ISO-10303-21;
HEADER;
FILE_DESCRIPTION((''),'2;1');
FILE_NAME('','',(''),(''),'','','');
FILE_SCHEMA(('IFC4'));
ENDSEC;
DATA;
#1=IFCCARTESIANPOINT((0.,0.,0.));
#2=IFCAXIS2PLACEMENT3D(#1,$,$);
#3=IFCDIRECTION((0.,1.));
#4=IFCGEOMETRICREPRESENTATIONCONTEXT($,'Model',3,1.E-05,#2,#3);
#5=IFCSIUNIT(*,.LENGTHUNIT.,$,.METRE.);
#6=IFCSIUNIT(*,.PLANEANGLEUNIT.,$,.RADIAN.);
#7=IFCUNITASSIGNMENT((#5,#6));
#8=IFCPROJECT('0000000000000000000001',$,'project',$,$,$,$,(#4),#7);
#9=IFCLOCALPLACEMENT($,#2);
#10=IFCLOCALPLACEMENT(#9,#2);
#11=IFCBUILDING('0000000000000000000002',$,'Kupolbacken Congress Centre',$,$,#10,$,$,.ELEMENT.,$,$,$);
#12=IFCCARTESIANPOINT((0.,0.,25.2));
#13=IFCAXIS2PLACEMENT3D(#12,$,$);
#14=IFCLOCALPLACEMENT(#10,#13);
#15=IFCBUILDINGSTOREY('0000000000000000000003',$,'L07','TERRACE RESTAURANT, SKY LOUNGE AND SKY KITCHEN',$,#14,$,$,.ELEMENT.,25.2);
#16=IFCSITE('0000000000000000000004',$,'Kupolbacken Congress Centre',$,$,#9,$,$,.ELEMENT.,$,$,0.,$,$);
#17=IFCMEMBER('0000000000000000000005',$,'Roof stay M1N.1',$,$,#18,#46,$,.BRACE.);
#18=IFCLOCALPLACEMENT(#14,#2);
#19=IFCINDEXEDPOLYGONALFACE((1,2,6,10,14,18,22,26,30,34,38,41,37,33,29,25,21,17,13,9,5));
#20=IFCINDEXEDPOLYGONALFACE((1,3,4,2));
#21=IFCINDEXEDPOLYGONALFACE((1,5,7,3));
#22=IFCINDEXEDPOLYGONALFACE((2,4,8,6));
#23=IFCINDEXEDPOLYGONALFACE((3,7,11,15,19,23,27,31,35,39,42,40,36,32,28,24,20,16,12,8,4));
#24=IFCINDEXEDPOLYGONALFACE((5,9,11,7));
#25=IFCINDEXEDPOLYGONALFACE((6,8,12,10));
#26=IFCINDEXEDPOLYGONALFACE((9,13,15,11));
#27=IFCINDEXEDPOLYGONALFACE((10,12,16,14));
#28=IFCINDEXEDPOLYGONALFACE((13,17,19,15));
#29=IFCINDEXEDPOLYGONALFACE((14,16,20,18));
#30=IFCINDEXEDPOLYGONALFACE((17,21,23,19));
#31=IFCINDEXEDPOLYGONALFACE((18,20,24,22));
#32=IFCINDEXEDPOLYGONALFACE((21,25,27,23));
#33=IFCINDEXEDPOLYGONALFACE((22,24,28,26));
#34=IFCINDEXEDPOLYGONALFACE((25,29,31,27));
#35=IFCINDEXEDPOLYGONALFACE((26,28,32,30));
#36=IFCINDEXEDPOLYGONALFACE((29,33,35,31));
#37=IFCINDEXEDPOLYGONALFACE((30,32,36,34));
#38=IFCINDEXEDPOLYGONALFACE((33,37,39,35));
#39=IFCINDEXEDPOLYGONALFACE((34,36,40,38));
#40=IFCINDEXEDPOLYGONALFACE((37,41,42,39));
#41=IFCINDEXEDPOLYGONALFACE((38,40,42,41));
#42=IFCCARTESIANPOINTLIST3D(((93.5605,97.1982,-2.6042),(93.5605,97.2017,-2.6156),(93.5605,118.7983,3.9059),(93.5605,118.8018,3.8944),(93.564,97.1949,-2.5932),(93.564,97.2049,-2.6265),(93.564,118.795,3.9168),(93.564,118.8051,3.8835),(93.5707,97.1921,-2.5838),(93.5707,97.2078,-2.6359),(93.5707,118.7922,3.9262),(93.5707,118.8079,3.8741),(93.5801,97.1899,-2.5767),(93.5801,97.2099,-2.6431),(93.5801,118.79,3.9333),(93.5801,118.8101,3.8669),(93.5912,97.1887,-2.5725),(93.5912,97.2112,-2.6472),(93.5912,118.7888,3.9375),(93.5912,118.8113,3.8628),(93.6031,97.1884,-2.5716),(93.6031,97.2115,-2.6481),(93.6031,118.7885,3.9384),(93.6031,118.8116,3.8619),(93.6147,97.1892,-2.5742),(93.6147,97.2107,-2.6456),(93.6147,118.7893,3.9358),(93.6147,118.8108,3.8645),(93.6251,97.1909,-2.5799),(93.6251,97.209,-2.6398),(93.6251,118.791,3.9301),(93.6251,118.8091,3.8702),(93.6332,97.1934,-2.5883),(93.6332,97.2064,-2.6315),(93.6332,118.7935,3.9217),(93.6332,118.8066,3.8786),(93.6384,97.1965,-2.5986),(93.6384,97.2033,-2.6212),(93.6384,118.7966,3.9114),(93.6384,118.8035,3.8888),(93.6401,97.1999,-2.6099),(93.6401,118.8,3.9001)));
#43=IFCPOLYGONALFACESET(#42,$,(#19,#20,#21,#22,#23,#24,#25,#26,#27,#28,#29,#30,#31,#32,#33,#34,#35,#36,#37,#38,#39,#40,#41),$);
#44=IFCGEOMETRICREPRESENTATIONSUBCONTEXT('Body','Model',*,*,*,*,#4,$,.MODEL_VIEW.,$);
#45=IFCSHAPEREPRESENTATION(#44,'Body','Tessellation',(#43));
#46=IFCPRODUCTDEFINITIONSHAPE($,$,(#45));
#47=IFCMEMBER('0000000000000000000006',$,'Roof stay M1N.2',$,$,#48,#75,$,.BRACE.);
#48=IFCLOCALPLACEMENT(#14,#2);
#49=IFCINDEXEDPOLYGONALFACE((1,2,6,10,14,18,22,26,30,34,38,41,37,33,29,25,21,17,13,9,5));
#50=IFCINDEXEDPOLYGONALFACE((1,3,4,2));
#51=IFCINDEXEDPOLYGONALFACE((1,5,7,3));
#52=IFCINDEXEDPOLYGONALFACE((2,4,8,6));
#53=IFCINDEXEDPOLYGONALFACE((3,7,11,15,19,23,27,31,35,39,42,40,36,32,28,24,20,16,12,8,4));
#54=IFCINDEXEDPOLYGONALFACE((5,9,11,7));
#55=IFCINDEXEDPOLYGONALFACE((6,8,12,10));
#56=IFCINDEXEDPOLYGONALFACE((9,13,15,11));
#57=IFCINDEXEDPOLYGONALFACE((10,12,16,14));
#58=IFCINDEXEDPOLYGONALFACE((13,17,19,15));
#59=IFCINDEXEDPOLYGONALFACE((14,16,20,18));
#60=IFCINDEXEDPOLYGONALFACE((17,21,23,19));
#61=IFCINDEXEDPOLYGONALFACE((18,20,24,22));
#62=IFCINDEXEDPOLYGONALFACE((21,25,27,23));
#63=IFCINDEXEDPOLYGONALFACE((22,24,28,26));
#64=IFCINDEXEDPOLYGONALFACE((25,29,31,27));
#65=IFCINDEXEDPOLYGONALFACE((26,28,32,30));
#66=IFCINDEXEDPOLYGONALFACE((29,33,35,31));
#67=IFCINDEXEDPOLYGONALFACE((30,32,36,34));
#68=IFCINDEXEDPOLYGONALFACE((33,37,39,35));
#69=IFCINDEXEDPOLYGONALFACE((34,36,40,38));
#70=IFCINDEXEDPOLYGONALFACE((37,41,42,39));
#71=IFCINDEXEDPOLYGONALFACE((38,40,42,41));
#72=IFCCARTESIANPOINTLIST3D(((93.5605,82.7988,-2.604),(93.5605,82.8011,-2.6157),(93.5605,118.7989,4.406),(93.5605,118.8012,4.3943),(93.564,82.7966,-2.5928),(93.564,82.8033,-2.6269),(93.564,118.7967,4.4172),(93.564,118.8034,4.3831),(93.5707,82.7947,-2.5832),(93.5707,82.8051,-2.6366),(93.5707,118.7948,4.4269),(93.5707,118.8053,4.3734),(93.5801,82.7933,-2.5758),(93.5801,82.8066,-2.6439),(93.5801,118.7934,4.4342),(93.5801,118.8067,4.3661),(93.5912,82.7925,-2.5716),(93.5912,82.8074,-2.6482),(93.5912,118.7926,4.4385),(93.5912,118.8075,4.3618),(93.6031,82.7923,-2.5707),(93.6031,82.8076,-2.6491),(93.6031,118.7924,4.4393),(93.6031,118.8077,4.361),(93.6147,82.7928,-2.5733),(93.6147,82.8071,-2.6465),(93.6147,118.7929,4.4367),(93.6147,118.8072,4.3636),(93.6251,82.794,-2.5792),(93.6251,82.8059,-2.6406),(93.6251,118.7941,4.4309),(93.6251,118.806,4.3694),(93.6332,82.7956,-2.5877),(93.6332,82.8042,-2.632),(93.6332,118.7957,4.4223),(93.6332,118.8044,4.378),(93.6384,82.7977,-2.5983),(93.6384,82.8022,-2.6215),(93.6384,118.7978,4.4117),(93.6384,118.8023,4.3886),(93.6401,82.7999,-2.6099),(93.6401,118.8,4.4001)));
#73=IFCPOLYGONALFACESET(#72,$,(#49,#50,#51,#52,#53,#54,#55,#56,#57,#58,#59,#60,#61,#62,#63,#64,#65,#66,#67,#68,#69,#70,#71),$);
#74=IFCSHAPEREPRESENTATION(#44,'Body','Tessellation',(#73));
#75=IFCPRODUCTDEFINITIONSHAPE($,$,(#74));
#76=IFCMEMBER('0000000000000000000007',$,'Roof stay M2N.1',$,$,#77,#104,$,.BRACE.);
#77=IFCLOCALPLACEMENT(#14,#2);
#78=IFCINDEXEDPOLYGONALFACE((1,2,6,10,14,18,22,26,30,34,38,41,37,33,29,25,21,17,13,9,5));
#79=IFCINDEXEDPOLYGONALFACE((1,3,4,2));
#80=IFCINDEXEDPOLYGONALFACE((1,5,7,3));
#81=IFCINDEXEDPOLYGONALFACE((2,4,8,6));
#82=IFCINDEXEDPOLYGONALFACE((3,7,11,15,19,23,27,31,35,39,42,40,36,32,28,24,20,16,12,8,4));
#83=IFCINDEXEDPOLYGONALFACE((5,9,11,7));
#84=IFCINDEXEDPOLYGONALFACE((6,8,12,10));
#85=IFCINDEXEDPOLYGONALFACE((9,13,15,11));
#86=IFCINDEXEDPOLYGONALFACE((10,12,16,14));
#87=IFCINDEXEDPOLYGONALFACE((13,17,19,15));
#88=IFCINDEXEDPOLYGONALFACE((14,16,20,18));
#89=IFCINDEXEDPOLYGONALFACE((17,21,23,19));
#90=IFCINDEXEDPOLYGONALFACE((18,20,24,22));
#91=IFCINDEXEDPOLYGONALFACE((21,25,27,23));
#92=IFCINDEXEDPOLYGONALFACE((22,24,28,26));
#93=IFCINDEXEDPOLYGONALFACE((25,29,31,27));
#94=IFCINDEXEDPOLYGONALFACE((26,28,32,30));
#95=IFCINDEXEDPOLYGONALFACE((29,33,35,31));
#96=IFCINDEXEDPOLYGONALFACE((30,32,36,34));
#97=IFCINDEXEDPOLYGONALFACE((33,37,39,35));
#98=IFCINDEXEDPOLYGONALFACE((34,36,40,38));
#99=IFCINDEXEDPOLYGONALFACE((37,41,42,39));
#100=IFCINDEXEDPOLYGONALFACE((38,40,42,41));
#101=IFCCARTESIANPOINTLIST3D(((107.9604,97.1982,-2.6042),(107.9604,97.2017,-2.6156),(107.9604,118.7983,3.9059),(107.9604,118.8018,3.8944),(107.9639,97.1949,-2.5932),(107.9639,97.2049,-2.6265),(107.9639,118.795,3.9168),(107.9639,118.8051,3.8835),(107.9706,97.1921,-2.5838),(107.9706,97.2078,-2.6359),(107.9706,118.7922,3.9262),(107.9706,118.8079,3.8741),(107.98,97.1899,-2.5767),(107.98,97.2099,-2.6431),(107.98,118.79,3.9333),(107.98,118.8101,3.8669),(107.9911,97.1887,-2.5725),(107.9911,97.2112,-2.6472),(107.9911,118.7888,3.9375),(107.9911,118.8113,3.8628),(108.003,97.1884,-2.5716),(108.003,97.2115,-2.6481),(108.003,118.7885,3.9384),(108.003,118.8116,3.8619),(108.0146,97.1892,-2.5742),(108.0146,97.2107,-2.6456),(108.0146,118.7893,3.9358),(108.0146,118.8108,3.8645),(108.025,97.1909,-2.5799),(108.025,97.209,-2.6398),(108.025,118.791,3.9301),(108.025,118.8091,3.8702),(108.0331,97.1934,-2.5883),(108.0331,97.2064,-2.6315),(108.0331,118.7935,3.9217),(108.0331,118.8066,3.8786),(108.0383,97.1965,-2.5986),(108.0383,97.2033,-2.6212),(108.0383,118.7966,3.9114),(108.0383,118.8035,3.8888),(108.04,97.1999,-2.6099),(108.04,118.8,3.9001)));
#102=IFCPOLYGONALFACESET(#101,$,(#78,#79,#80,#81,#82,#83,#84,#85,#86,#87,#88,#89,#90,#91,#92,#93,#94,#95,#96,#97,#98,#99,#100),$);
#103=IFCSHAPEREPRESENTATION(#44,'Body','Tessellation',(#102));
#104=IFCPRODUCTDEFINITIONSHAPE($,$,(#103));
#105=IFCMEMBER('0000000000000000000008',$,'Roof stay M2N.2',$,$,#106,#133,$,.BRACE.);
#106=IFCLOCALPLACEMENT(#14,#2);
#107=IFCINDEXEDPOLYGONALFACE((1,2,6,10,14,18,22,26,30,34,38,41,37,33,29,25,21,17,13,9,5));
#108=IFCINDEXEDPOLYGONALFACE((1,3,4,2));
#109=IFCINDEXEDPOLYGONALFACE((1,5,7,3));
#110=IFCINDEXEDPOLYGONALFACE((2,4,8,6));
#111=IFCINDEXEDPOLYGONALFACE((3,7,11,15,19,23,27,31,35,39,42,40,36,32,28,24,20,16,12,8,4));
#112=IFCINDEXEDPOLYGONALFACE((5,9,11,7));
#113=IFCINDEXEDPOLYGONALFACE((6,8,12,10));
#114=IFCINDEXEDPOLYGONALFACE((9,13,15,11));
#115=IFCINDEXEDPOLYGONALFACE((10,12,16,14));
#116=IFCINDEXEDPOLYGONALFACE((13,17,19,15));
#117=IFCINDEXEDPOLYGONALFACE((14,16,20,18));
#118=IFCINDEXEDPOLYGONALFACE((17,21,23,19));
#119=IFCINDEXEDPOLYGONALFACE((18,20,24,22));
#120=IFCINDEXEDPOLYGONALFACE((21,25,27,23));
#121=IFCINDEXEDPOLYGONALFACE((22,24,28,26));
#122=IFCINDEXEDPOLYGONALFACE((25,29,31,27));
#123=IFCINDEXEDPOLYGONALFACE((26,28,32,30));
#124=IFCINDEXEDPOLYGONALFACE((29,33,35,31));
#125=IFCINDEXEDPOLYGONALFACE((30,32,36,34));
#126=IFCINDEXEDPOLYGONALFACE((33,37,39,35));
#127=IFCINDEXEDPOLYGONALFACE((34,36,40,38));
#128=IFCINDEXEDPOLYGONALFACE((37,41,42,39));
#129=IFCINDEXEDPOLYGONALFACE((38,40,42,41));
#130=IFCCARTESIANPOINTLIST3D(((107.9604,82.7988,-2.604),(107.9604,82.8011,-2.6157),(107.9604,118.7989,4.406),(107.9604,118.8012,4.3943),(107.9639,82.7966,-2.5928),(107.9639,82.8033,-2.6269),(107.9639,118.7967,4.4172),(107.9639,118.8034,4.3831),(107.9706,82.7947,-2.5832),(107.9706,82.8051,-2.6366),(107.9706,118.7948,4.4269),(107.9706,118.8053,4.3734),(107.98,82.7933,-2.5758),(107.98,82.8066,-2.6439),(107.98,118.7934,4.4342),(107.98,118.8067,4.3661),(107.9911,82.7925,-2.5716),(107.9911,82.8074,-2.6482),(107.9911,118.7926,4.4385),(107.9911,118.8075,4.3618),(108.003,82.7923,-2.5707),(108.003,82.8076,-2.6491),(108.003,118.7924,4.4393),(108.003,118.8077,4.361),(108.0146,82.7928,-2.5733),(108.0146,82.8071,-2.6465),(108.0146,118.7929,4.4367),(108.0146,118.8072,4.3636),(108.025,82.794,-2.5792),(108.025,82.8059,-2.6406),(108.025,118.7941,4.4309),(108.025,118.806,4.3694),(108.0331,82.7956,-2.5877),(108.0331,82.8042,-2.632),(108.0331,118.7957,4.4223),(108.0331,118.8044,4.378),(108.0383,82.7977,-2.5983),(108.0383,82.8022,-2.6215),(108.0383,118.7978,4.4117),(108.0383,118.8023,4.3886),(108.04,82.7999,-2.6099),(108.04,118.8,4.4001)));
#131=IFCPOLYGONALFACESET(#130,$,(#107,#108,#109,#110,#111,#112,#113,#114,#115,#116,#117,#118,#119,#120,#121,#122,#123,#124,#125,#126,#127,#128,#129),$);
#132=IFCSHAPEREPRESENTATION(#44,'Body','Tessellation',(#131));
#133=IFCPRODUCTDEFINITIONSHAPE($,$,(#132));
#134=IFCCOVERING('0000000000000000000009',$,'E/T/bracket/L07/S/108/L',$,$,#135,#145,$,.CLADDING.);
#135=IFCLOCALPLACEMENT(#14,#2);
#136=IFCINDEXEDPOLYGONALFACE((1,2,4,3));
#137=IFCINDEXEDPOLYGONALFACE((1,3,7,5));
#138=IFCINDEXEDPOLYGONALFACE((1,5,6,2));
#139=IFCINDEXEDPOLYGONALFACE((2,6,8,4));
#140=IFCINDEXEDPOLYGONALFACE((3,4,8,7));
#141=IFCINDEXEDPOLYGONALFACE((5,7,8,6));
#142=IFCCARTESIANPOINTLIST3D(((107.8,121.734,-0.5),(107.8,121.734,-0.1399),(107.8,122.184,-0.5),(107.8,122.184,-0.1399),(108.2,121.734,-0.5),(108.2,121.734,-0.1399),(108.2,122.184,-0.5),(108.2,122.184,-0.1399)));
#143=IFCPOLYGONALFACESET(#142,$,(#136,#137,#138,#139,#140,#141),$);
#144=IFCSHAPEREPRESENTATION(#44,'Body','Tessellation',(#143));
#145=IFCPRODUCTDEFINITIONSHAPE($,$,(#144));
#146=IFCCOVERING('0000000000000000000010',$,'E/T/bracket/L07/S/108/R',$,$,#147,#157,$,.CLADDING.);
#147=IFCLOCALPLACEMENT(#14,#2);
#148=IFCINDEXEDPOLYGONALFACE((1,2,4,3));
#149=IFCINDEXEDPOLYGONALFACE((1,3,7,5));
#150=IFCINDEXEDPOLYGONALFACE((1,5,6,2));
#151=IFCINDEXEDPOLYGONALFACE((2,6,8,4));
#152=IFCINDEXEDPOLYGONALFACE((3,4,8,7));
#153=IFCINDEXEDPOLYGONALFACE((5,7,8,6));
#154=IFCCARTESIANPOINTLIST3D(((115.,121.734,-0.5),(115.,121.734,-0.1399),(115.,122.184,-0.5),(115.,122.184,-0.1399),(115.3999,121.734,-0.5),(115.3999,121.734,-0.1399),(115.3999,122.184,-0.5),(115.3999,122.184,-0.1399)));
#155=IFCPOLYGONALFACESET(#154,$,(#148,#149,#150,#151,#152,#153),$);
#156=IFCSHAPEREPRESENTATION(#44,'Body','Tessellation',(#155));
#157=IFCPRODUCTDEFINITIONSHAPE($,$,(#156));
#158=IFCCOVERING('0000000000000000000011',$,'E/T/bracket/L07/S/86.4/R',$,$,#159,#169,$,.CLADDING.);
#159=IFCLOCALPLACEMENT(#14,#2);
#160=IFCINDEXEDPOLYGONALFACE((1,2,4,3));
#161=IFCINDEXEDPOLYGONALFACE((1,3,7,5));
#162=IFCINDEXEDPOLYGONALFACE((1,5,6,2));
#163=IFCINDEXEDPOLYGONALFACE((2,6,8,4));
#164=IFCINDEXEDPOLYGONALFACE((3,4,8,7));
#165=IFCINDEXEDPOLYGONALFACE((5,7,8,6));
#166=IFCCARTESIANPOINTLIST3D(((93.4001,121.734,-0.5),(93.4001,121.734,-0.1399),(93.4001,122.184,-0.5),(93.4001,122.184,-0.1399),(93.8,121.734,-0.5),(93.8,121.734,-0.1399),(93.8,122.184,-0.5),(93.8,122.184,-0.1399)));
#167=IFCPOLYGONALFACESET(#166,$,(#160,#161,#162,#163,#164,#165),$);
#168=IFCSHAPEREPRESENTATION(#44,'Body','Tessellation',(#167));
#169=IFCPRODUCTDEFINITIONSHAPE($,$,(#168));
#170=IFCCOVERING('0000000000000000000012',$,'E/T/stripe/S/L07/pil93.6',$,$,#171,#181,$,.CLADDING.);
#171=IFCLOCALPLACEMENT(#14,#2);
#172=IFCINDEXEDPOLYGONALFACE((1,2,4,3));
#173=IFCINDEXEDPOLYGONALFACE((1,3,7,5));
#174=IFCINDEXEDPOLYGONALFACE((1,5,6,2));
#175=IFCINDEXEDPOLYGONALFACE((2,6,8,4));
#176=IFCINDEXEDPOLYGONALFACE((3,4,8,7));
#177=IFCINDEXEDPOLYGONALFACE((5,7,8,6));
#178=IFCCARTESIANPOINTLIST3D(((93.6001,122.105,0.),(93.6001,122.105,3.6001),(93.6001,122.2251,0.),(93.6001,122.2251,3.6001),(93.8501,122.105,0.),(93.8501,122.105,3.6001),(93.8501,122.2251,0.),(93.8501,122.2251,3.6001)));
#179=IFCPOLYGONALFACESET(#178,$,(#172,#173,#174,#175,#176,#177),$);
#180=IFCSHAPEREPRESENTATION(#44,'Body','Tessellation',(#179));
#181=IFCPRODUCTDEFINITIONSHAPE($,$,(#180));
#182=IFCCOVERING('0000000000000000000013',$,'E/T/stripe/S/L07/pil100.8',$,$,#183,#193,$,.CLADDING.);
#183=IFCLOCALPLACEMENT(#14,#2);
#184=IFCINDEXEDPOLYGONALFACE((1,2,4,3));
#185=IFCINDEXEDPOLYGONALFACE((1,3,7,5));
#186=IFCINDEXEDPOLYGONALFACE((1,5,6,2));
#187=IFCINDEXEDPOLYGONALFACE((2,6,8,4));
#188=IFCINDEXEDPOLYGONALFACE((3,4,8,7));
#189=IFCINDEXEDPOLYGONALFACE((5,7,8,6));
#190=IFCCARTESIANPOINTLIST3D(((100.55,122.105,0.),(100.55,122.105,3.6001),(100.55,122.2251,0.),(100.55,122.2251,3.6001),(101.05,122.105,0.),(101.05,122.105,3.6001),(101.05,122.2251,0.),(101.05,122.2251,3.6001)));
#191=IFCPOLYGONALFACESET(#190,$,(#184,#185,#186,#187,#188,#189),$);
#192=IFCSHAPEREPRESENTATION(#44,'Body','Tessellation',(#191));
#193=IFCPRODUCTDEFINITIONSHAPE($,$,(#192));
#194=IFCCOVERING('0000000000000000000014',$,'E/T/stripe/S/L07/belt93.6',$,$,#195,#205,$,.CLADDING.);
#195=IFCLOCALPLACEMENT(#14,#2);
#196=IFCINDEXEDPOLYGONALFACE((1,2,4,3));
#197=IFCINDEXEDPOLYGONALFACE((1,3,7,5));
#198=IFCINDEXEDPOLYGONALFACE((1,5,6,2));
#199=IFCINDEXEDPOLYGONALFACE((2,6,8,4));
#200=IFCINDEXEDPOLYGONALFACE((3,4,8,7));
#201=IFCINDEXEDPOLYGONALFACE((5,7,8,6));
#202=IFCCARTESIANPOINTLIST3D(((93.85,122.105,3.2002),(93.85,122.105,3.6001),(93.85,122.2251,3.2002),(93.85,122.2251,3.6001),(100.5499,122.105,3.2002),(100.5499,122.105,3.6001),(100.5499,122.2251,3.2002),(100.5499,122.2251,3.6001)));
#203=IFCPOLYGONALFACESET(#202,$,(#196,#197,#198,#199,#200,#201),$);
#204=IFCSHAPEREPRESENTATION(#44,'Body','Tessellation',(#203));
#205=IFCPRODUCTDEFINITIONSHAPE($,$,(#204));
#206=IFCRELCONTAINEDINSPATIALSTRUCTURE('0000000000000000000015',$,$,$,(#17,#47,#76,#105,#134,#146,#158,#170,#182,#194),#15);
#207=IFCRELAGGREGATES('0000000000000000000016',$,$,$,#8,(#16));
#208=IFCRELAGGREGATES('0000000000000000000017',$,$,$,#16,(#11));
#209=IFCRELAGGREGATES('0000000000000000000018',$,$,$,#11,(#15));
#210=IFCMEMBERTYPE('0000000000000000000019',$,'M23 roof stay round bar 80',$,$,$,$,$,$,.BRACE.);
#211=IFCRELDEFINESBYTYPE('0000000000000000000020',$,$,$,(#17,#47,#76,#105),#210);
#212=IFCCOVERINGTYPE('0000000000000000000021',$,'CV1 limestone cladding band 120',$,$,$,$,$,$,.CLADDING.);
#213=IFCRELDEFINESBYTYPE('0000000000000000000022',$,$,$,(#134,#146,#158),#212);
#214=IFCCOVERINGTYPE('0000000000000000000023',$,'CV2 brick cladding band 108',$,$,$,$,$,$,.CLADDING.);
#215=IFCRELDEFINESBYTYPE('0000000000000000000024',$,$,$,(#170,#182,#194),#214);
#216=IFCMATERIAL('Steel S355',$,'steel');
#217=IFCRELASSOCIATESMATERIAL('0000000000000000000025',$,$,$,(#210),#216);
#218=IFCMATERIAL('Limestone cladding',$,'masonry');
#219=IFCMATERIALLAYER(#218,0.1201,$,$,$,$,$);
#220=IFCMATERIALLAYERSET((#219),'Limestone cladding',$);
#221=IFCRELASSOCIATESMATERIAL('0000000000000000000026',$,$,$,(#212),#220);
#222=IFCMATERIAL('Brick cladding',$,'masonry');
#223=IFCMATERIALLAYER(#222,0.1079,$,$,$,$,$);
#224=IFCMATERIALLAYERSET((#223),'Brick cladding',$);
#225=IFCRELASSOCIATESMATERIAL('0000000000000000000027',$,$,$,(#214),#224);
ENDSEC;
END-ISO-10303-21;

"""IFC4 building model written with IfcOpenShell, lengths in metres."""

from ifc_helpers import new_model, si_unit, direction, frame, origin, origin_2d, place, context, subcontext, project, spatial, rectangle, circle, extrude, material, layer, layer_set, material_profile, profile_set, type_object, element, save


model = new_model("IFC4")

# Units and contexts
model_context = context("Model", 3, precision=1e-05, world=origin(), true_north=direction((0.0, 1.0)))
body_context = subcontext(model_context, "Body", "Model", "MODEL_VIEW")
ifc_project = project(units=[si_unit("LENGTHUNIT", "METRE"), si_unit("PLANEANGLEUNIT", "RADIAN")], contexts=[model_context])

# Site, building, storey
site_placement = place(None, origin())
site = spatial("IfcSite", under=ifc_project, at=site_placement, Name="Kupolbacken Congress Centre", CompositionType="ELEMENT", RefElevation=0.0)
building_placement = place(site_placement, origin())
building = spatial("IfcBuilding", under=site, at=building_placement, Name="Kupolbacken Congress Centre", CompositionType="ELEMENT")
storey_placement = place(building_placement, frame((0.0, 0.0, 25.2)))
storey = spatial("IfcBuildingStorey", under=building, at=storey_placement, Name="L07", Description="TERRACE RESTAURANT, SKY LOUNGE AND SKY KITCHEN", CompositionType="ELEMENT", Elevation=25.2)

# Members
ifc_material_1 = material(Name="Steel S355", Category="steel")
ifc_material_profile_1 = material_profile(ifc_material_1, circle(Radius=0.04, at=origin_2d()), Name="RB 80")
ifc_profile_set_1 = profile_set([ifc_material_profile_1], Name="Steel S355")
member_type = type_object("IfcMemberType", Name="M23 roof stay round bar 80", PredefinedType="BRACE", material=ifc_profile_set_1)
member_1_placement = place(storey_placement, frame((93.6001, 118.8, 3.9001), z_axis=(0.0, -0.95746, -0.288567), x_axis=(1.0, 0.0, 0.0)))
element("IfcMember", 1, at=member_1_placement, inside=storey, type_object=member_type, Name="Roof stay M1N.1", PredefinedType="BRACE", context=body_context, shape_type="SweptSolid", body=[
    extrude(circle(Radius=0.04, at=origin_2d()), origin(), (0.0, 0.0, 1.0), 22.5598),
])
member_2_placement = place(storey_placement, frame((93.6001, 118.8, 4.4001), z_axis=(0.0, -0.981564, -0.191133), x_axis=(1.0, 0.0, 0.0)))
element("IfcMember", 2, at=member_2_placement, inside=storey, type_object=member_type, Name="Roof stay M1N.2", PredefinedType="BRACE", context=body_context, shape_type="SweptSolid", body=[
    extrude(circle(Radius=0.04, at=origin_2d()), origin(), (0.0, 0.0, 1.0), 36.6763),
])
member_3_placement = place(storey_placement, frame((108.0, 118.8, 3.9001), z_axis=(0.0, -0.95746, -0.288567), x_axis=(1.0, 0.0, 0.0)))
element("IfcMember", 3, at=member_3_placement, inside=storey, type_object=member_type, Name="Roof stay M2N.1", PredefinedType="BRACE", context=body_context, shape_type="SweptSolid", body=[
    extrude(circle(Radius=0.04, at=origin_2d()), origin(), (0.0, 0.0, 1.0), 22.5598),
])
member_4_placement = place(storey_placement, frame((108.0, 118.8, 4.4001), z_axis=(0.0, -0.981564, -0.191133), x_axis=(1.0, 0.0, 0.0)))
element("IfcMember", 4, at=member_4_placement, inside=storey, type_object=member_type, Name="Roof stay M2N.2", PredefinedType="BRACE", context=body_context, shape_type="SweptSolid", body=[
    extrude(circle(Radius=0.04, at=origin_2d()), origin(), (0.0, 0.0, 1.0), 36.6763),
])

# Coverings
ifc_material_2 = material(Name="Limestone cladding", Category="masonry")
ifc_layer_1 = layer(ifc_material_2, 0.1201)
ifc_layer_set_1 = layer_set([ifc_layer_1], Name="Limestone cladding")
covering_type_1 = type_object("IfcCoveringType", Name="CV1 limestone cladding band 120", PredefinedType="CLADDING", material=ifc_layer_set_1)
for number, where, z_axis, x_axis, name in (
    (5, (108.0, 121.959, -0.5), (0.0, 0.0, 1.0), (1.0, 0.0, 0.0), "E/T/bracket/L07/S/108/L"),
    (6, (115.2, 121.959, -0.5), (0.0, 0.0, 1.0), (1.0, 0.0, 0.0), "E/T/bracket/L07/S/108/R"),
    (7, (93.6001, 121.959, -0.5), (0.0, 0.0, 1.0), (1.0, 0.0, 0.0), "E/T/bracket/L07/S/86.4/R"),
):
    element("IfcCovering", number, at=place(storey_placement, frame(where, z_axis=z_axis, x_axis=x_axis)), inside=storey, type_object=covering_type_1, Name=name, PredefinedType="CLADDING", context=body_context, shape_type="SweptSolid", body=[
        extrude(rectangle(XDim=0.3999, YDim=0.45, at=origin_2d()), origin(), (0.0, 0.0, 1.0), 0.3601),
    ])
ifc_material_3 = material(Name="Brick cladding", Category="masonry")
ifc_layer_2 = layer(ifc_material_3, 0.1079)
ifc_layer_set_2 = layer_set([ifc_layer_2], Name="Brick cladding")
covering_type_2 = type_object("IfcCoveringType", Name="CV2 brick cladding band 108", PredefinedType="CLADDING", material=ifc_layer_set_2)
covering_1_placement = place(storey_placement, frame((93.7251, 122.165, 0.0), z_axis=(0.0, 0.0, 1.0), x_axis=(1.0, 0.0, 0.0)))
element("IfcCovering", 8, at=covering_1_placement, inside=storey, type_object=covering_type_2, Name="E/T/stripe/S/L07/pil93.6", PredefinedType="CLADDING", context=body_context, shape_type="SweptSolid", body=[
    extrude(rectangle(XDim=0.25, YDim=0.1201, at=origin_2d()), origin(), (0.0, 0.0, 1.0), 3.6001),
])
covering_2_placement = place(storey_placement, frame((100.8, 122.165, 0.0), z_axis=(0.0, 0.0, 1.0), x_axis=(1.0, 0.0, 0.0)))
element("IfcCovering", 9, at=covering_2_placement, inside=storey, type_object=covering_type_2, Name="E/T/stripe/S/L07/pil100.8", PredefinedType="CLADDING", context=body_context, shape_type="SweptSolid", body=[
    extrude(rectangle(XDim=0.5, YDim=0.1201, at=origin_2d()), origin(), (0.0, 0.0, 1.0), 3.6001),
])
for number, where, z_axis, x_axis, name in (
    (10, (97.2, 122.165, 3.2002), (0.0, 0.0, 1.0), (1.0, 0.0, 0.0), "E/T/stripe/S/L07/belt93.6"),
):
    element("IfcCovering", number, at=place(storey_placement, frame(where, z_axis=z_axis, x_axis=x_axis)), inside=storey, type_object=covering_type_2, Name=name, PredefinedType="CLADDING", context=body_context, shape_type="SweptSolid", body=[
        extrude(rectangle(XDim=6.7, YDim=0.1201, at=origin_2d()), origin(), (0.0, 0.0, 1.0), 0.3999),
    ])

save(model, "model.ifc")
